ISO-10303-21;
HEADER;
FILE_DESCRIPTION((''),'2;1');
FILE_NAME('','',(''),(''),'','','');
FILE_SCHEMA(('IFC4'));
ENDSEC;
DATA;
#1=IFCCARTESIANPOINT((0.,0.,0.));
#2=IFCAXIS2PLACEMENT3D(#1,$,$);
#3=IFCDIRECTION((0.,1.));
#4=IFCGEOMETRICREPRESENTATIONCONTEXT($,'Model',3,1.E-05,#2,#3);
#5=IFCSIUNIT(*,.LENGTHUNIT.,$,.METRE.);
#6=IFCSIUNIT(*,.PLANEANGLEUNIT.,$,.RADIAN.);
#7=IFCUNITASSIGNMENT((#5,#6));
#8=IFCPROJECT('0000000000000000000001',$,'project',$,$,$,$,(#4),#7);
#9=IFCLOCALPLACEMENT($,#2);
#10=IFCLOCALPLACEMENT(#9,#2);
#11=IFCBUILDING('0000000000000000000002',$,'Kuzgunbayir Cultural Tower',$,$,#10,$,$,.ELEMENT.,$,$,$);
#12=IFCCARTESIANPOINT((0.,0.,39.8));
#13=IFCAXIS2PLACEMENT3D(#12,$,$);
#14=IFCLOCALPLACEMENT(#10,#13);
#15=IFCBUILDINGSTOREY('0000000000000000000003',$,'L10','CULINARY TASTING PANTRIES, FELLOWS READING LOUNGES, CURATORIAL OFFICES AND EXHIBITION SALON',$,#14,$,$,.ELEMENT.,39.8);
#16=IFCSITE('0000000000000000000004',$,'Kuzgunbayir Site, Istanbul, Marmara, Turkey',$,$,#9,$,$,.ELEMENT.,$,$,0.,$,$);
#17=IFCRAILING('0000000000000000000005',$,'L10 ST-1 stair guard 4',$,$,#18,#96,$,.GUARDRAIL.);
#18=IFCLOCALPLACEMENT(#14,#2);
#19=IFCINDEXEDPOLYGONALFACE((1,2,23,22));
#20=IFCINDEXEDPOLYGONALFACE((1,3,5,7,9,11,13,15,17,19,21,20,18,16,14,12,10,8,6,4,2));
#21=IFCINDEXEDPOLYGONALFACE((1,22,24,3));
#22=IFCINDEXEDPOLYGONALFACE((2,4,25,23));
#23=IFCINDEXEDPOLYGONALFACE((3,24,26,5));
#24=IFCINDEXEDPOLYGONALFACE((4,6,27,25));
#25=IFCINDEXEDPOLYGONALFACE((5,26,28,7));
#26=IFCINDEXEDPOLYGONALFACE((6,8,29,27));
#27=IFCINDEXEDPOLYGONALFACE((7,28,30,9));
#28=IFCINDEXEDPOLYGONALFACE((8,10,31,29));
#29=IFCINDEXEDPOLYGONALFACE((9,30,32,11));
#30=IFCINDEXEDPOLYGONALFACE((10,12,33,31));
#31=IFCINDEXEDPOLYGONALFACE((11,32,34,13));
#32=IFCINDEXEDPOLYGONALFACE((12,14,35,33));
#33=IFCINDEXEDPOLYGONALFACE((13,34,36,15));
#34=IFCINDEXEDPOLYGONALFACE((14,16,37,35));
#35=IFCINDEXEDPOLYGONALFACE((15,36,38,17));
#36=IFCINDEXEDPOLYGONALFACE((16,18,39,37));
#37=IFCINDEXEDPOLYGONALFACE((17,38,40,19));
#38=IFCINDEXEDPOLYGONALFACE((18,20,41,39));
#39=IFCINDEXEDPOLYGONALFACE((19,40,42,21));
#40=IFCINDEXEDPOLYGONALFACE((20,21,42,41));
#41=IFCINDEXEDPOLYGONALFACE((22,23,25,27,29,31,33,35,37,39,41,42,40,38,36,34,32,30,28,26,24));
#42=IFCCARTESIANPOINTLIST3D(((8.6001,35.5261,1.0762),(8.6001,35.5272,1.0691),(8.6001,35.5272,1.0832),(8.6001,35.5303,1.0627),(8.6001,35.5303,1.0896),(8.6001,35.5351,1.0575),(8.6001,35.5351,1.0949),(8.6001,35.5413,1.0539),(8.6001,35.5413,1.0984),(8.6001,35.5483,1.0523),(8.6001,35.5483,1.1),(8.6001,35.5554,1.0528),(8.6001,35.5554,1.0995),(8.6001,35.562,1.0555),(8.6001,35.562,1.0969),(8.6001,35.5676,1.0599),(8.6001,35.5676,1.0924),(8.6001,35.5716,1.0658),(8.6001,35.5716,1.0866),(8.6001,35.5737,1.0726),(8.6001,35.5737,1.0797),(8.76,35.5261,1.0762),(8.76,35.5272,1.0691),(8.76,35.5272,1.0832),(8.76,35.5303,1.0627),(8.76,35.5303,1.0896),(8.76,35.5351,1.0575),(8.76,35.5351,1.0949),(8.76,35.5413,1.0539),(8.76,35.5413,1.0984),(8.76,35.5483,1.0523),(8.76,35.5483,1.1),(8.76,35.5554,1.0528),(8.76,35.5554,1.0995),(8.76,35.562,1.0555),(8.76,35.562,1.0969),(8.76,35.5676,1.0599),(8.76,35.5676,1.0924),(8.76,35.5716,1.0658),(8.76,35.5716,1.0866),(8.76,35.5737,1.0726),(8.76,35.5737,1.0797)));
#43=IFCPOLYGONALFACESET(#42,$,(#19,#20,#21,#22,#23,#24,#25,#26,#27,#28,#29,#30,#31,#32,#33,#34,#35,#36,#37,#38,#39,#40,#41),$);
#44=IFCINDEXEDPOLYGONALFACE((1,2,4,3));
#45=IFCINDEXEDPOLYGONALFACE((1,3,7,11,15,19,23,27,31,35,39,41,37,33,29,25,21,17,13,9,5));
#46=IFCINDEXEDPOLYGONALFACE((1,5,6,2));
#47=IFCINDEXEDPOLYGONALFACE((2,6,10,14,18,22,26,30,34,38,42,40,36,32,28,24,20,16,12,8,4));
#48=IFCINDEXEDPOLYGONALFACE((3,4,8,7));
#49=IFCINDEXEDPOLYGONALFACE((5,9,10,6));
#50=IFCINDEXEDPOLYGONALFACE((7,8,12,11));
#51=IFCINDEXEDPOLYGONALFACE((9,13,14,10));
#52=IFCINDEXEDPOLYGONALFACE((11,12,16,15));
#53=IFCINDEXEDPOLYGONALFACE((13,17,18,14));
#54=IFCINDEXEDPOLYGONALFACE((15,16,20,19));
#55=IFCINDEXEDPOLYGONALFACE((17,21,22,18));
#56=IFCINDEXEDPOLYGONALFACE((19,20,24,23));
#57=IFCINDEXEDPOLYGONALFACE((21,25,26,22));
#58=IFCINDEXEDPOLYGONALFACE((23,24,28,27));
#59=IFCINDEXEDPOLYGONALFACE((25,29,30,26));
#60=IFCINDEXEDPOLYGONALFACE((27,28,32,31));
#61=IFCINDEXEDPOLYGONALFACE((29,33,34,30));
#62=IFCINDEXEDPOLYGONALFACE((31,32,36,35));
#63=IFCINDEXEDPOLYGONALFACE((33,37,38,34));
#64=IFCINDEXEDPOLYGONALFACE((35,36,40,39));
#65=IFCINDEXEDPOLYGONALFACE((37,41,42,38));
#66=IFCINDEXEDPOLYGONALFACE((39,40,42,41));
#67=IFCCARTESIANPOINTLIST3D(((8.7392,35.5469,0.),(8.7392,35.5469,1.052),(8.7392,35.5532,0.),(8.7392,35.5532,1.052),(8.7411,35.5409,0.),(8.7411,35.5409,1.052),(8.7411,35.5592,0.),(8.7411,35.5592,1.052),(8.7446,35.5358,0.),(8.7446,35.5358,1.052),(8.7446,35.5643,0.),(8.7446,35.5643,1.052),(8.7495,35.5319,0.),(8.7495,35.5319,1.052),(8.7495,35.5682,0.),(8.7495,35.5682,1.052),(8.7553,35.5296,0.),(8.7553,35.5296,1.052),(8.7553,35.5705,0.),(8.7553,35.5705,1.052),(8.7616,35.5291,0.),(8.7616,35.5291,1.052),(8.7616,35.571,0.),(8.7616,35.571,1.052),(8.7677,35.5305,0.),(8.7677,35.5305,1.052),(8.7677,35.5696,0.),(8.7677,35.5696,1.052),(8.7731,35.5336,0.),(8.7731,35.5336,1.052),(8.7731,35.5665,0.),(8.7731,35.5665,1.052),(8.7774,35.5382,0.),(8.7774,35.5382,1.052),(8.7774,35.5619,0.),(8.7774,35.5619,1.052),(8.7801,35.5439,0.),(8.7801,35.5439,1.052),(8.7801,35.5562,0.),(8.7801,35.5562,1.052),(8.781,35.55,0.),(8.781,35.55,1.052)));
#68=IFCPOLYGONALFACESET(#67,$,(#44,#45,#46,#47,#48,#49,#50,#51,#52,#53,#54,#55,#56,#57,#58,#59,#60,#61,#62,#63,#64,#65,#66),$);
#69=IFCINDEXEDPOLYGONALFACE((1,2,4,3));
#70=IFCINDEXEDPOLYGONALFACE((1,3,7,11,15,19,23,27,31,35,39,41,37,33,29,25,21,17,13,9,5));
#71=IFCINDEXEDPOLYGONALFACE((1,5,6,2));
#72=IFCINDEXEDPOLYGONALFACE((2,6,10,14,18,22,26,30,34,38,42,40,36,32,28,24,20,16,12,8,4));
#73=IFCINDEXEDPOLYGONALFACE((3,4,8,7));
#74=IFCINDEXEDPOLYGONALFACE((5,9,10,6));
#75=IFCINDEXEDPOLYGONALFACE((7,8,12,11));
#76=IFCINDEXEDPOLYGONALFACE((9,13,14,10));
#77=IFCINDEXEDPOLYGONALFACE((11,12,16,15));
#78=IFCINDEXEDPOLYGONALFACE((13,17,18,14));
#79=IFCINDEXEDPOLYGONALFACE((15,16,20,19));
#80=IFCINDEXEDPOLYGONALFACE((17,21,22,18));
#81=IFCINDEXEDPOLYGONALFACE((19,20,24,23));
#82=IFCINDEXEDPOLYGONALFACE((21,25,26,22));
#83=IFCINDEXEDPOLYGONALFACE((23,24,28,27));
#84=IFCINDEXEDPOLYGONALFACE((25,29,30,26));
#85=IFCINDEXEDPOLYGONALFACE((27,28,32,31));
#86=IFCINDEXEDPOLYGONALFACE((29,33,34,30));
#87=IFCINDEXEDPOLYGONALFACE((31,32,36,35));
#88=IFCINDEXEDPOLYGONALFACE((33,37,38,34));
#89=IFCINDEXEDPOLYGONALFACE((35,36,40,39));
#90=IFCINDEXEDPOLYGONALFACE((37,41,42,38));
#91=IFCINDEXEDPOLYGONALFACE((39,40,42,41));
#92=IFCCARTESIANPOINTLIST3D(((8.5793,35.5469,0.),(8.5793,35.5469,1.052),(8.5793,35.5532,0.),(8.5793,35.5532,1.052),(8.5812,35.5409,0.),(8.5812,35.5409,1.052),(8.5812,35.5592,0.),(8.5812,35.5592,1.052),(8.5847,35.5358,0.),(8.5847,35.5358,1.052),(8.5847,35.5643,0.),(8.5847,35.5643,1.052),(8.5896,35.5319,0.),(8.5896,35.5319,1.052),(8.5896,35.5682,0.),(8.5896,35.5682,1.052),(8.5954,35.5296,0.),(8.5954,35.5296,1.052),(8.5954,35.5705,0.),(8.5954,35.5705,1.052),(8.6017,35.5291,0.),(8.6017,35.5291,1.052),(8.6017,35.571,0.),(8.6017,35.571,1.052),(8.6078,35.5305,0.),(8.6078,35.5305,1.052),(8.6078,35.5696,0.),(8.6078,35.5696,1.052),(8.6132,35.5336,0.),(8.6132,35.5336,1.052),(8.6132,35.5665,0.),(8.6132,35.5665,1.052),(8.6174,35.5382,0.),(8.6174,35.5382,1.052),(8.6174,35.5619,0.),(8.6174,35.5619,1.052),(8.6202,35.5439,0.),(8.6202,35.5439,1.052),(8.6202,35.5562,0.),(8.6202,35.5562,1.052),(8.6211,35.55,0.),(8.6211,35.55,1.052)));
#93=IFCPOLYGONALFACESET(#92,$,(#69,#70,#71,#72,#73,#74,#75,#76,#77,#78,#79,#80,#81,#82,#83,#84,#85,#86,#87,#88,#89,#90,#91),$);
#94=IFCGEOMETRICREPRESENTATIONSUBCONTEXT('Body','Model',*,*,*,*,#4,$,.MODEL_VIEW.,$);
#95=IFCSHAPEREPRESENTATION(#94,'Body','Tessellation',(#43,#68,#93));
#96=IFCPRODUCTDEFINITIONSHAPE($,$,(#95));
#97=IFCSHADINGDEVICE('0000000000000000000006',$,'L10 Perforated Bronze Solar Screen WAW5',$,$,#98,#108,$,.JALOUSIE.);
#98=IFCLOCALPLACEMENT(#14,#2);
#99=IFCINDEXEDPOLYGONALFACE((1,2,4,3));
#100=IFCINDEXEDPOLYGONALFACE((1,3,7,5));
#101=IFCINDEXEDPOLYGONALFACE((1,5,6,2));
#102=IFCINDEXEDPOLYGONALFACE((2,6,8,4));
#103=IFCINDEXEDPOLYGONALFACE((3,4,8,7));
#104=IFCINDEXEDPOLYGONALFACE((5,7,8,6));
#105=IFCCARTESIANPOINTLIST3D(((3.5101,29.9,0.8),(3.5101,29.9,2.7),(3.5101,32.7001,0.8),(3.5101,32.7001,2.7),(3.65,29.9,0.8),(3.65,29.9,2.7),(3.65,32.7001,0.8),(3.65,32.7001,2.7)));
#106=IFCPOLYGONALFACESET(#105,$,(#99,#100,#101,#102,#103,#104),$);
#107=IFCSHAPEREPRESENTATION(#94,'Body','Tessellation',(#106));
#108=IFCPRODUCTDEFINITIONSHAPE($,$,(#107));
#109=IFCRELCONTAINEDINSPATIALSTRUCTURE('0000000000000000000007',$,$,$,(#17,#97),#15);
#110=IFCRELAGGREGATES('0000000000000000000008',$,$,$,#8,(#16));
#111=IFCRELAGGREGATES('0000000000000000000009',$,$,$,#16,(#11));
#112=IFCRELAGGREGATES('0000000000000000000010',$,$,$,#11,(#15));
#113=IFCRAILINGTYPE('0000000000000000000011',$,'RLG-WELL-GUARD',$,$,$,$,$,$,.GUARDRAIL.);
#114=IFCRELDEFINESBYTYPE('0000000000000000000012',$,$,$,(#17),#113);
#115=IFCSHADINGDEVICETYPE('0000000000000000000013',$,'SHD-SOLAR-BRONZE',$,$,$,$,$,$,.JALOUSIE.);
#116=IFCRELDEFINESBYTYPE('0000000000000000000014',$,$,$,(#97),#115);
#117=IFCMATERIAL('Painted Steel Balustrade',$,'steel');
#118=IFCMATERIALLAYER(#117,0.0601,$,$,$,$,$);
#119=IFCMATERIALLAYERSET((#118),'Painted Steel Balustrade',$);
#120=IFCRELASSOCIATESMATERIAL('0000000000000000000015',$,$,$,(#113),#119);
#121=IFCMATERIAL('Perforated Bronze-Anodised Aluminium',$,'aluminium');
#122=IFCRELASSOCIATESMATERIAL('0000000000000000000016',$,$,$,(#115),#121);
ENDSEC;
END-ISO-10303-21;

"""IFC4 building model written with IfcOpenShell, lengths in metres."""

from ifc_helpers import new_model, si_unit, direction, frame, origin, origin_2d, place, context, subcontext, project, spatial, rectangle, circle, extrude, material, layer, layer_set, type_object, element, save


model = new_model("IFC4")

# Units and contexts
model_context = context("Model", 3, precision=1e-05, world=origin(), true_north=direction((0.0, 1.0)))
body_context = subcontext(model_context, "Body", "Model", "MODEL_VIEW")
ifc_project = project(units=[si_unit("LENGTHUNIT", "METRE"), si_unit("PLANEANGLEUNIT", "RADIAN")], contexts=[model_context])

# Site, building, storey
site_placement = place(None, origin())
site = spatial("IfcSite", under=ifc_project, at=site_placement, Name="Kuzgunbayir Site, Istanbul, Marmara, Turkey", CompositionType="ELEMENT", RefElevation=0.0)
building_placement = place(site_placement, origin())
building = spatial("IfcBuilding", under=site, at=building_placement, Name="Kuzgunbayir Cultural Tower", CompositionType="ELEMENT")
storey_placement = place(building_placement, frame((0.0, 0.0, 39.8)))
storey = spatial("IfcBuildingStorey", under=building, at=storey_placement, Name="L10", Description="CULINARY TASTING PANTRIES, FELLOWS READING LOUNGES, CURATORIAL OFFICES AND EXHIBITION SALON", CompositionType="ELEMENT", Elevation=39.8)

# Railing
ifc_material_1 = material(Name="Painted Steel Balustrade", Category="steel")
ifc_layer_1 = layer(ifc_material_1, 0.0601)
ifc_layer_set_1 = layer_set([ifc_layer_1], Name="Painted Steel Balustrade")
railing_type = type_object("IfcRailingType", Name="RLG-WELL-GUARD", PredefinedType="GUARDRAIL", material=ifc_layer_set_1)
railing_1_placement = place(storey_placement, frame((8.76, 35.55, 0.0)))
element("IfcRailing", 1, at=railing_1_placement, inside=storey, type_object=railing_type, Name="L10 ST-1 stair guard 4", PredefinedType="GUARDRAIL", context=body_context, shape_type="SweptSolid", body=[
    extrude(circle(Radius=0.0239, at=origin_2d()), frame((0.0, 0.0, 1.0762), z_axis=(-1.0, 0.0, 0.0), x_axis=(0.0, -1.0, 0.0)), (0.0, 0.0, 1.0), 0.1599),
    extrude(circle(Radius=0.021, at=origin_2d()), origin(), (0.0, 0.0, 1.0), 1.052),
    extrude(circle(Radius=0.021, at=origin_2d()), frame((-0.1599, 0.0, 0.0)), (0.0, 0.0, 1.0), 1.052),
])

# Shading device
ifc_material_2 = material(Name="Perforated Bronze-Anodised Aluminium", Category="aluminium")
shading_device_type = type_object("IfcShadingDeviceType", Name="SHD-SOLAR-BRONZE", PredefinedType="JALOUSIE", material=ifc_material_2)
shading_device_placement = place(storey_placement, frame((3.5801, 31.3, 0.8), z_axis=(0.0, 0.0, 1.0), x_axis=(1.0, 0.0, 0.0)))
element("IfcShadingDevice", 2, at=shading_device_placement, inside=storey, type_object=shading_device_type, Name="L10 Perforated Bronze Solar Screen WAW5", PredefinedType="JALOUSIE", context=body_context, shape_type="SweptSolid", body=[
    extrude(rectangle(XDim=0.1399, YDim=2.8, at=origin_2d()), origin(), (0.0, 0.0, 1.0), 1.8999),
])

save(model, "model.ifc")
